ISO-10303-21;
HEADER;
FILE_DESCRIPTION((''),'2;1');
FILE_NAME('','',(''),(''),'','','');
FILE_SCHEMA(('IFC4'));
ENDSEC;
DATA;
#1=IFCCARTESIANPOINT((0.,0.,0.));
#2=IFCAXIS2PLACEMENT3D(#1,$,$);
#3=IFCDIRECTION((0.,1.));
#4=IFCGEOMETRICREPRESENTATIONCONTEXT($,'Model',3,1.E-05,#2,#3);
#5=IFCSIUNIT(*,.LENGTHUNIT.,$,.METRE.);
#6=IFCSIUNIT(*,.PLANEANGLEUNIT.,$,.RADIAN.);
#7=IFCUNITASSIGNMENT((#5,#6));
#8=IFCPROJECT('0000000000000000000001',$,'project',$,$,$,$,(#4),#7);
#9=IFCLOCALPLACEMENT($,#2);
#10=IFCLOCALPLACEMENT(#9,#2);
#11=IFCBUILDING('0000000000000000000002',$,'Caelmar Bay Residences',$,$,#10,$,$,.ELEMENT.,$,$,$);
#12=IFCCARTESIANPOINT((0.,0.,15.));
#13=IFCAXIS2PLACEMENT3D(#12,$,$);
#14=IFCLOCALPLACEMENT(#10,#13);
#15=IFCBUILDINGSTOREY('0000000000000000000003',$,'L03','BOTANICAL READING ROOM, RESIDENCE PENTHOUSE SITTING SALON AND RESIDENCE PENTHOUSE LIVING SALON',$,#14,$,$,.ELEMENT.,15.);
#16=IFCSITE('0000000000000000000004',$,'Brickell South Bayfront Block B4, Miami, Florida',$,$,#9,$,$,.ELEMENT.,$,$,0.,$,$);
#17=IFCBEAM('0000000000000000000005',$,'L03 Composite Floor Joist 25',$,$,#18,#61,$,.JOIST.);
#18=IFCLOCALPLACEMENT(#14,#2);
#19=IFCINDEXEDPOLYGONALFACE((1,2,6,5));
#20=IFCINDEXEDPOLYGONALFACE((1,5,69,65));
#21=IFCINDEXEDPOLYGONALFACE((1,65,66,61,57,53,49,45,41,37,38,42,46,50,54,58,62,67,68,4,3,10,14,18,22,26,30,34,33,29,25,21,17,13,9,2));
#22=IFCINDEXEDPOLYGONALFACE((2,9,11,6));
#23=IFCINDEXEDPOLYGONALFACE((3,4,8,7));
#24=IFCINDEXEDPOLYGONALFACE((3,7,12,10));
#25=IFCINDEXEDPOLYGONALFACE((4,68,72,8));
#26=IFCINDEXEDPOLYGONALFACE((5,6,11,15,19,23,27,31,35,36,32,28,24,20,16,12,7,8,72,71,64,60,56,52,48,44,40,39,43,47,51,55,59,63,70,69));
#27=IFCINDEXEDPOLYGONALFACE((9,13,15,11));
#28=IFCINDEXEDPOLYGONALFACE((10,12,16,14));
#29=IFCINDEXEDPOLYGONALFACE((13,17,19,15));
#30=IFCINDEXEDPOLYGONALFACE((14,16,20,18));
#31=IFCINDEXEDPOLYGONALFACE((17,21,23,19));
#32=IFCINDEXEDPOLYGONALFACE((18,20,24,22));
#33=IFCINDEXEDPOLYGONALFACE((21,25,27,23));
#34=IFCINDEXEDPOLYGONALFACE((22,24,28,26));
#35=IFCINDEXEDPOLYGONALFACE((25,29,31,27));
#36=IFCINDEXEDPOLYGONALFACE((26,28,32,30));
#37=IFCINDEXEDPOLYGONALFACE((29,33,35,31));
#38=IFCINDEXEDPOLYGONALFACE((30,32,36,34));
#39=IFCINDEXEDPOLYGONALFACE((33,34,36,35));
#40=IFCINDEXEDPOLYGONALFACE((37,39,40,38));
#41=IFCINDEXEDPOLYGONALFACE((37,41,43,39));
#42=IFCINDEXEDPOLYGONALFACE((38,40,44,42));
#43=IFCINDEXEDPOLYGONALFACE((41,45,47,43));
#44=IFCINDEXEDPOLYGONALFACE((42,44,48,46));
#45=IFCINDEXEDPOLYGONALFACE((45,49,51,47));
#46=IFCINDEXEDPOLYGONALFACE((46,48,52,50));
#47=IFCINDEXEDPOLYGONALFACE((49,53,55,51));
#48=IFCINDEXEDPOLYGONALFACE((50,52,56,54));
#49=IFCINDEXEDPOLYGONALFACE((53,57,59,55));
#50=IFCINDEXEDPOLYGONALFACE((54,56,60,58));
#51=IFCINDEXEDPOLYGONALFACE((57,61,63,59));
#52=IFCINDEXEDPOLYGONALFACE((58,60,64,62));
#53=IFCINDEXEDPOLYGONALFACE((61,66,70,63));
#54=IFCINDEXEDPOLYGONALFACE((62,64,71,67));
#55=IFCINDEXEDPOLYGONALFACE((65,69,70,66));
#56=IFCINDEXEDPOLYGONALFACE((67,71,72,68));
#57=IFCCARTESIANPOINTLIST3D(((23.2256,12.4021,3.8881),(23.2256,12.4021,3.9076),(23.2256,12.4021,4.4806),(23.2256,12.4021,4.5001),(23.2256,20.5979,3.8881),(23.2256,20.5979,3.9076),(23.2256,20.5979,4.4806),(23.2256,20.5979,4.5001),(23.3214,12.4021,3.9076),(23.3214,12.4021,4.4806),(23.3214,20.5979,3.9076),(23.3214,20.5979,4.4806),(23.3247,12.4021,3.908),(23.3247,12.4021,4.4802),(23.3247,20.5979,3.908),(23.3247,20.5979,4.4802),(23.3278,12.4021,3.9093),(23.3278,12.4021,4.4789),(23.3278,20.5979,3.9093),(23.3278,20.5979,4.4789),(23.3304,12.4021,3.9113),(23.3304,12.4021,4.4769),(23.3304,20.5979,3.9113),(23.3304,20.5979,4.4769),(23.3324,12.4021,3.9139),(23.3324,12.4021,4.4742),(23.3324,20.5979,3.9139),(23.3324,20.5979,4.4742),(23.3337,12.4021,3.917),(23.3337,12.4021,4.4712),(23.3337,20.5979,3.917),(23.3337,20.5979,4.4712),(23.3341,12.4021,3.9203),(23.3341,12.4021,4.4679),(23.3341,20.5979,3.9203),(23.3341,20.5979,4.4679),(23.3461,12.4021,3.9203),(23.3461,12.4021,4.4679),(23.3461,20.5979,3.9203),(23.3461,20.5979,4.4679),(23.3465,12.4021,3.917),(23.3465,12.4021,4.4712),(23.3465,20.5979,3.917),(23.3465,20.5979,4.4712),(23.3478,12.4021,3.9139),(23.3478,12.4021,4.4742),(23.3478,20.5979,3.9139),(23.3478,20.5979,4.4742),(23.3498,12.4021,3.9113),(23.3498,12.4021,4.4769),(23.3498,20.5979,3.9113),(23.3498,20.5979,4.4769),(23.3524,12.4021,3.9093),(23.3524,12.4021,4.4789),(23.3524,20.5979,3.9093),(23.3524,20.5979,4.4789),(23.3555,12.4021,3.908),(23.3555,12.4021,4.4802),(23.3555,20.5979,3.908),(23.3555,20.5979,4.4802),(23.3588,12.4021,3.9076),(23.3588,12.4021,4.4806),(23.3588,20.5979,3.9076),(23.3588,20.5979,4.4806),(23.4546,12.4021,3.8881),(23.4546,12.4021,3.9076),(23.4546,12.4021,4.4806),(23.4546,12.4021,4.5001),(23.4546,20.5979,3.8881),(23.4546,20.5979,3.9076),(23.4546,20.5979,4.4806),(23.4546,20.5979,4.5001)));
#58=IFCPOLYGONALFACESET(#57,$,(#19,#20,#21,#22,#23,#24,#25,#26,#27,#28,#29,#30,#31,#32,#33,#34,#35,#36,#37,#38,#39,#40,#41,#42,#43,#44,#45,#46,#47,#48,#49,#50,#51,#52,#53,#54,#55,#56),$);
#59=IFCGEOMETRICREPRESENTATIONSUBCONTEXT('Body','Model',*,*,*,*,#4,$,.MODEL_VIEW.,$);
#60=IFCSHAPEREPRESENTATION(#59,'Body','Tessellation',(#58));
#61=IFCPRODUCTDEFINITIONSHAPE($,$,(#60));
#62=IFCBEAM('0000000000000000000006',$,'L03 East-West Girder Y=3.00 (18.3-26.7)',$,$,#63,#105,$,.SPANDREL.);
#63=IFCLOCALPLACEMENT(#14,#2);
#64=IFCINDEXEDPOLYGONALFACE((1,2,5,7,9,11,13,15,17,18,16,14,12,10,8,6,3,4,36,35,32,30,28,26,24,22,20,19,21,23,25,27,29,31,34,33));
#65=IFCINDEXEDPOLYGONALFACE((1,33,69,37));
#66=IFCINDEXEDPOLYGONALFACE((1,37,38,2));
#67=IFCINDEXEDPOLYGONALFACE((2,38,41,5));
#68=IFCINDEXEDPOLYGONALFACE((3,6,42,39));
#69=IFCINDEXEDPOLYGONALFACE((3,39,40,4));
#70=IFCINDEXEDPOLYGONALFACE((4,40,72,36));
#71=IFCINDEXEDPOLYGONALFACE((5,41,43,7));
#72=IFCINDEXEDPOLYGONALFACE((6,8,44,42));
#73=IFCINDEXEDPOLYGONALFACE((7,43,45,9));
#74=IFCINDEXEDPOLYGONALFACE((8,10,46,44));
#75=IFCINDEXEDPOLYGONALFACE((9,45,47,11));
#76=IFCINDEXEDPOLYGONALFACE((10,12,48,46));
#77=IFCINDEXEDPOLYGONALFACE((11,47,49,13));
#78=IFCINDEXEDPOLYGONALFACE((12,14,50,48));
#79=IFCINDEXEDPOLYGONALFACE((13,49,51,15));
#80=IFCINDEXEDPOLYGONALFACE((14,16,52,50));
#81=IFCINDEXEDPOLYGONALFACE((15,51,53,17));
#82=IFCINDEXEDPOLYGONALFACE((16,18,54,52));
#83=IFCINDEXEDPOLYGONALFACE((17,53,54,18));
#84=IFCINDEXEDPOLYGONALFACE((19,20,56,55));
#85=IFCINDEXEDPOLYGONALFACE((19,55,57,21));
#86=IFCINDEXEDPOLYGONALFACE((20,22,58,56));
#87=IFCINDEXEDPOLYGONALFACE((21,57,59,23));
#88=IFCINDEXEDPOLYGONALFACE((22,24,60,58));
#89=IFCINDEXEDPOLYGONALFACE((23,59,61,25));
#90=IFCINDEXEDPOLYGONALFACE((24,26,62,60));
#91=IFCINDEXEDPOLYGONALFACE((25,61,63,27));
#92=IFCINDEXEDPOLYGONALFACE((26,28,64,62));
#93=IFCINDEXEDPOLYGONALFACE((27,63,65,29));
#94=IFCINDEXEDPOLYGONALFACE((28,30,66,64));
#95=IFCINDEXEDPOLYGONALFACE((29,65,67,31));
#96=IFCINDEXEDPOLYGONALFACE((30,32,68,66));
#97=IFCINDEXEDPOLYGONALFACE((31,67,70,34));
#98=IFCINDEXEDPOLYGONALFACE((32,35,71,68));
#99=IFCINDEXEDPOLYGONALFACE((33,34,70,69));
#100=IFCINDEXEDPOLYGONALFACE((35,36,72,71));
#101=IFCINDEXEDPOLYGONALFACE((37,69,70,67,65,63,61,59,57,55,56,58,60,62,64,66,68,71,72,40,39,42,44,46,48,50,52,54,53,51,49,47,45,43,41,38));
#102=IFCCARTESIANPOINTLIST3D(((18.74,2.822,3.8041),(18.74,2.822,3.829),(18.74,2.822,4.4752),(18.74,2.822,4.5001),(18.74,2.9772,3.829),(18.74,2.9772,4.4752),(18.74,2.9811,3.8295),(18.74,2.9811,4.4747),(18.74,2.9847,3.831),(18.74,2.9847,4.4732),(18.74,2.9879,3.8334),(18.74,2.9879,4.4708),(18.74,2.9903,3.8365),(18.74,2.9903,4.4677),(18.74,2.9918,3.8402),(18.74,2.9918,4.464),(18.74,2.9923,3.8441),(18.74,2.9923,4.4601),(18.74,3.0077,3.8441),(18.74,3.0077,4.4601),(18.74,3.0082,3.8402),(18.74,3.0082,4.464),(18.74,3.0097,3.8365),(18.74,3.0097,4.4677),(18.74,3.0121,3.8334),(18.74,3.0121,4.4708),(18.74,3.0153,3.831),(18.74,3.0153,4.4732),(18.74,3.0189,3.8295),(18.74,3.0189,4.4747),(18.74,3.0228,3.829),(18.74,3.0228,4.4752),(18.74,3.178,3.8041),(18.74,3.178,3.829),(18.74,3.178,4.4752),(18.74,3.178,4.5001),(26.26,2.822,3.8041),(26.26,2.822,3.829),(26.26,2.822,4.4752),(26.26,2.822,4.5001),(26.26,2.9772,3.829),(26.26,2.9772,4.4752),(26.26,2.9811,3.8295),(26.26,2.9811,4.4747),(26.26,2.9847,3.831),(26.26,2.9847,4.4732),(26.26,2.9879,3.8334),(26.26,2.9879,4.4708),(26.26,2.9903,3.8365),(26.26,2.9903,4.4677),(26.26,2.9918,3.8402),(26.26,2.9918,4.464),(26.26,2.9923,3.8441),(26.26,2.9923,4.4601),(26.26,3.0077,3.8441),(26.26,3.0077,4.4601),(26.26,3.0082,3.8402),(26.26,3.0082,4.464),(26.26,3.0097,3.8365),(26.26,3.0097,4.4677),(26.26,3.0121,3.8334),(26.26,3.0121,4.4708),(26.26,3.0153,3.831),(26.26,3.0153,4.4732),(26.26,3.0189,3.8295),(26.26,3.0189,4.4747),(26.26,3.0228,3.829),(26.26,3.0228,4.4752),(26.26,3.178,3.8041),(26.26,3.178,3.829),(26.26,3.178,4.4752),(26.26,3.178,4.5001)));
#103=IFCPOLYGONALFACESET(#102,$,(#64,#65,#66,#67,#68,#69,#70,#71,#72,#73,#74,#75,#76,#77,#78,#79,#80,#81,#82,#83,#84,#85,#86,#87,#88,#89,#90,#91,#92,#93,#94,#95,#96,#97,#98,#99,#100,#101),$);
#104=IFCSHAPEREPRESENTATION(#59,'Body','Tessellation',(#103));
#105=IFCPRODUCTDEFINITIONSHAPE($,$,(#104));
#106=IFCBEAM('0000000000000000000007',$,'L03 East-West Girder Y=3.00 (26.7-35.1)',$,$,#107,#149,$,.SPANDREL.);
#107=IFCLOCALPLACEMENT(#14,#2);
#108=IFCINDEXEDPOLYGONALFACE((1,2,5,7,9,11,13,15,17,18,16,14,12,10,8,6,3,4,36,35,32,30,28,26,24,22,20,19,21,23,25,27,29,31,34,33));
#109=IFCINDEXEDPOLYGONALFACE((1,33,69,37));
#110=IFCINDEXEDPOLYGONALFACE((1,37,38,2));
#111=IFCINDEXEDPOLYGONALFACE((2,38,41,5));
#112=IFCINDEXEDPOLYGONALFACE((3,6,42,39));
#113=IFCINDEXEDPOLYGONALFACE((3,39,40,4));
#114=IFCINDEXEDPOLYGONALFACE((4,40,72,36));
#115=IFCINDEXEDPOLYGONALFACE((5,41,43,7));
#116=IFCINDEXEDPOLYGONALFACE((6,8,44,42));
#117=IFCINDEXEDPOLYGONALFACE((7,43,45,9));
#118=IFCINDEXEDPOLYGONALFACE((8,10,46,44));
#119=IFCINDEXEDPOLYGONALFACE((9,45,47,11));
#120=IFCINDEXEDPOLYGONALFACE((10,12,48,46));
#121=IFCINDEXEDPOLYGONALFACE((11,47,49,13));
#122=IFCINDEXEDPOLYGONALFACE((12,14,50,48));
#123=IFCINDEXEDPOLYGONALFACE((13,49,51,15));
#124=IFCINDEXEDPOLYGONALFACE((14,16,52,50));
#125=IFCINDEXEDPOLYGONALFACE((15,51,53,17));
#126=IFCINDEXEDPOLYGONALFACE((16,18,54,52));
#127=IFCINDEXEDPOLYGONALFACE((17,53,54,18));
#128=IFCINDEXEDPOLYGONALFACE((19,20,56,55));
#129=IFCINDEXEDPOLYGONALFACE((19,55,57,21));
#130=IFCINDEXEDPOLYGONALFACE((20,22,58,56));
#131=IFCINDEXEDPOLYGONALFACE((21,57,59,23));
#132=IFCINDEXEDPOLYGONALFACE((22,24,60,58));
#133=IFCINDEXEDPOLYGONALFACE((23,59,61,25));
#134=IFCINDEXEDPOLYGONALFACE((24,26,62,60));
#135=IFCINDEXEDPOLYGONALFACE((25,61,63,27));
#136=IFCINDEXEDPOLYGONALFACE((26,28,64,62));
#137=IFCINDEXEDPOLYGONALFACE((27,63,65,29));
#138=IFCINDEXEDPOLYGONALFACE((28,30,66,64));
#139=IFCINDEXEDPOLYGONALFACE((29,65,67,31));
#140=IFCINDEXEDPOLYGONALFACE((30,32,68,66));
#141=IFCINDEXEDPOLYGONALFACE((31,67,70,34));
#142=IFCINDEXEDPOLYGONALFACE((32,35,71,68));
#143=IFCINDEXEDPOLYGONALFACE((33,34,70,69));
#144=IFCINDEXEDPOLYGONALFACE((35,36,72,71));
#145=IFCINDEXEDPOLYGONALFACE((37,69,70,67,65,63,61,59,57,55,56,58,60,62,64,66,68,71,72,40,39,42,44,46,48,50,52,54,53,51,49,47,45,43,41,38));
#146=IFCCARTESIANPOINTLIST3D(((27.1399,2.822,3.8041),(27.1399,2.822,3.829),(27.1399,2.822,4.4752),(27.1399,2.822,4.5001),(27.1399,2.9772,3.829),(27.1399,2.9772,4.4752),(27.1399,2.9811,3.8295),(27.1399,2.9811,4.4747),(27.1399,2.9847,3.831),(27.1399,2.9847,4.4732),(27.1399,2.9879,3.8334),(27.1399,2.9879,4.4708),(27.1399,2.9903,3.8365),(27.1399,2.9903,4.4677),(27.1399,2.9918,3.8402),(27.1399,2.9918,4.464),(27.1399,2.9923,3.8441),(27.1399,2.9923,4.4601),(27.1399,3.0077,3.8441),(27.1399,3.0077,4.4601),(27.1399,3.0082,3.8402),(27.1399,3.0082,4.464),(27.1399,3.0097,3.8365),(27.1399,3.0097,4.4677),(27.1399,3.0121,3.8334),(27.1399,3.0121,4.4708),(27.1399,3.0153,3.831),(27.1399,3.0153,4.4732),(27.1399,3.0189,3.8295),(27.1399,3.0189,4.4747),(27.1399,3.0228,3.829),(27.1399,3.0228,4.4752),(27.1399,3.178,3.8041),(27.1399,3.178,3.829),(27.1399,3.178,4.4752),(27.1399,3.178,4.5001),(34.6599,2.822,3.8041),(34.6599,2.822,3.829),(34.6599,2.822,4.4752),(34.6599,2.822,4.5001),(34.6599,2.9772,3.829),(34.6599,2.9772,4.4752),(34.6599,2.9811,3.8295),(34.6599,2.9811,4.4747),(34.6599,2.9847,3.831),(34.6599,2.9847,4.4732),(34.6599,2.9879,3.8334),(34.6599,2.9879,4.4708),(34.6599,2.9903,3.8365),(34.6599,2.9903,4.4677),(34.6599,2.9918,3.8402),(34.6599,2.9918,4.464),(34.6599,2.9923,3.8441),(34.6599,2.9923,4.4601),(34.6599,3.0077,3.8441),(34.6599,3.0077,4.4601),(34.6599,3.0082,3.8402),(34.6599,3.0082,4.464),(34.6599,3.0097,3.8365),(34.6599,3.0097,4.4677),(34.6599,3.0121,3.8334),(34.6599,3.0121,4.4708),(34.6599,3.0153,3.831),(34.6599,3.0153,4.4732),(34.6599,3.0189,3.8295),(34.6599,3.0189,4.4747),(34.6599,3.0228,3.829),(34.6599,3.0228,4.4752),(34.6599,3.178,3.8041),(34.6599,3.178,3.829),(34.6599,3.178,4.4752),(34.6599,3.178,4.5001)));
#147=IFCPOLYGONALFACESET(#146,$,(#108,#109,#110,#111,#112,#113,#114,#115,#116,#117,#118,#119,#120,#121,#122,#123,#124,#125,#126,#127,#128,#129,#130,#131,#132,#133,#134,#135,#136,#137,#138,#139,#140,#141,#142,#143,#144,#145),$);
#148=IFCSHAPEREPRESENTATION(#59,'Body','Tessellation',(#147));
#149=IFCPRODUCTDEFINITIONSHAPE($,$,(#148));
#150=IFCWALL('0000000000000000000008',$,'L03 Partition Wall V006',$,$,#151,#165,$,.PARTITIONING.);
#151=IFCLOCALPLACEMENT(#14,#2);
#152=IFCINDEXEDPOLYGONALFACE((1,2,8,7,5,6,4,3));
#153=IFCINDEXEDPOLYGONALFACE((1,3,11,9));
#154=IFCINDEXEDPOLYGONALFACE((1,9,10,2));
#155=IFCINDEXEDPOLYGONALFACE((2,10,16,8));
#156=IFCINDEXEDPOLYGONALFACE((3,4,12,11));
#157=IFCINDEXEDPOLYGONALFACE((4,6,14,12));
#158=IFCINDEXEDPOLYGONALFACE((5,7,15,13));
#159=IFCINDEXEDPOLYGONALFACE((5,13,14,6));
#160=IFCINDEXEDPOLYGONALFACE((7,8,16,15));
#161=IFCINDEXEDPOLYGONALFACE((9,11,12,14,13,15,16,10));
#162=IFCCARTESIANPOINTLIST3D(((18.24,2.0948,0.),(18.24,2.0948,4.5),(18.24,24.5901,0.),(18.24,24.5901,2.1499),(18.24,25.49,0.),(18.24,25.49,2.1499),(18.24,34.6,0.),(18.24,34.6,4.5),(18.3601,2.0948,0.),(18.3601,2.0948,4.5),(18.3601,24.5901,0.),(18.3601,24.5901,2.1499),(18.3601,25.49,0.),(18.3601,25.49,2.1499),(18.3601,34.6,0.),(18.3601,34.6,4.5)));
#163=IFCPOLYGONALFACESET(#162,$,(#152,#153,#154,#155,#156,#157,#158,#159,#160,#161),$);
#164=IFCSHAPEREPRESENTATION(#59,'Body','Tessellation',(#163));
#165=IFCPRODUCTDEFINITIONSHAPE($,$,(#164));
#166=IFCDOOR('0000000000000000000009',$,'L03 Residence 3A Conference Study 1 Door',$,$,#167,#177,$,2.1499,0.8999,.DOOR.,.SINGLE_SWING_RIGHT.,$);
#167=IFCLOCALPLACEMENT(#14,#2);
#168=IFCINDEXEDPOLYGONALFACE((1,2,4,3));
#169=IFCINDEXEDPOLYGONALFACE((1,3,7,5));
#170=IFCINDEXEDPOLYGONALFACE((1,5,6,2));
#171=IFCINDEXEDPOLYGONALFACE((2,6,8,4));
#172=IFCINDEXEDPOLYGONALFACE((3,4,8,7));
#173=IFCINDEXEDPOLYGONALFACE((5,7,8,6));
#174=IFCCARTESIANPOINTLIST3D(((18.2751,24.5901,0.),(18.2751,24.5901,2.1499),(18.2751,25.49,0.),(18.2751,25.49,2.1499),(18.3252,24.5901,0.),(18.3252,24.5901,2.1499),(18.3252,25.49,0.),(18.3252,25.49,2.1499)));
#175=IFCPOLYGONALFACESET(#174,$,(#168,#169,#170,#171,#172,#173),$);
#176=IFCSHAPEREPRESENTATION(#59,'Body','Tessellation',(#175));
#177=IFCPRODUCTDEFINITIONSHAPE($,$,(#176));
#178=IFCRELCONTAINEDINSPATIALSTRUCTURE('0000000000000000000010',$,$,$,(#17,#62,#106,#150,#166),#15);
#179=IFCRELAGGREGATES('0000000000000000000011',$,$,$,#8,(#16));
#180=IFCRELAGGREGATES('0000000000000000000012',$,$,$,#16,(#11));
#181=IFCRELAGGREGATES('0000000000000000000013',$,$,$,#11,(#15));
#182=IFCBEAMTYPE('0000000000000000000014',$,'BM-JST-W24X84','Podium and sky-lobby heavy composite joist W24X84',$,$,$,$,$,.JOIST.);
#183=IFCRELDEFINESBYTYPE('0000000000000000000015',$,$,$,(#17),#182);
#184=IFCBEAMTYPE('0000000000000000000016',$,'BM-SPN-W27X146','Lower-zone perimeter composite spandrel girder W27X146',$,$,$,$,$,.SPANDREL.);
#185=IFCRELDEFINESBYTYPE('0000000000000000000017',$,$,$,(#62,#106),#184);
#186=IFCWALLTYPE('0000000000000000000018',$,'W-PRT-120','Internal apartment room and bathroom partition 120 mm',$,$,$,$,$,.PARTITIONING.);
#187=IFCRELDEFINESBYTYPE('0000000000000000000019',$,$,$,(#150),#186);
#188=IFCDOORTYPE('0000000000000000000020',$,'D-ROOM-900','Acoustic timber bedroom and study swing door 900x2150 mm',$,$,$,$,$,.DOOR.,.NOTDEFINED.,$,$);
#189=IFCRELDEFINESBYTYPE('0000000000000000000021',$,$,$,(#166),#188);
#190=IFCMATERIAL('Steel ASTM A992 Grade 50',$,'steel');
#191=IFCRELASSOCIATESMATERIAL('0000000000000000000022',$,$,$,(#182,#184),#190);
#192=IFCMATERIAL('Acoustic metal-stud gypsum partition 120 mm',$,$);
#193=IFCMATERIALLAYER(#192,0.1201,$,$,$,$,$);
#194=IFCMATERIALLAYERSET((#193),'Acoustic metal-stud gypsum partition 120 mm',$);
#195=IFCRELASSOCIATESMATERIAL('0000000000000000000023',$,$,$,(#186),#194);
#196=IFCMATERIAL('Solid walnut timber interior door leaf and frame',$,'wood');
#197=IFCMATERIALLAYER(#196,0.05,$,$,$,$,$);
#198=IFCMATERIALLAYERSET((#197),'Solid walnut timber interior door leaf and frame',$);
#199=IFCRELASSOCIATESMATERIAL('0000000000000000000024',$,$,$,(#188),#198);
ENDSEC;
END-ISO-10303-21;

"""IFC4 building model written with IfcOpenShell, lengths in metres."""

from ifc_helpers import new_model, si_unit, direction, frame, frame_2d, origin, origin_2d, place, context, subcontext, project, spatial, rectangle, i_section, extrude, material, layer, layer_set, material_profile, profile_set, type_object, element, fill, save


model = new_model("IFC4")

# Units and contexts
model_context = context("Model", 3, precision=1e-05, world=origin(), true_north=direction((0.0, 1.0)))
body_context = subcontext(model_context, "Body", "Model", "MODEL_VIEW")
ifc_project = project(units=[si_unit("LENGTHUNIT", "METRE"), si_unit("PLANEANGLEUNIT", "RADIAN")], contexts=[model_context])

# Site, building, storey
site_placement = place(None, origin())
site = spatial("IfcSite", under=ifc_project, at=site_placement, Name="Brickell South Bayfront Block B4, Miami, Florida", CompositionType="ELEMENT", RefElevation=0.0)
building_placement = place(site_placement, origin())
building = spatial("IfcBuilding", under=site, at=building_placement, Name="Caelmar Bay Residences", CompositionType="ELEMENT")
storey_placement = place(building_placement, frame((0.0, 0.0, 15.0)))
storey = spatial("IfcBuildingStorey", under=building, at=storey_placement, Name="L03", Description="BOTANICAL READING ROOM, RESIDENCE PENTHOUSE SITTING SALON AND RESIDENCE PENTHOUSE LIVING SALON", CompositionType="ELEMENT", Elevation=15.0)

# Beams
ifc_material_1 = material(Name="Steel ASTM A992 Grade 50", Category="steel")
ifc_material_profile_1 = material_profile(ifc_material_1, i_section(OverallWidth=0.229, OverallDepth=0.6121, WebThickness=0.012, FlangeThickness=0.0195, FilletRadius=0.0127, at=origin_2d()), Name="W24X84")
ifc_profile_set_1 = profile_set([ifc_material_profile_1], Name="Steel ASTM A992 Grade 50")
beam_type_1 = type_object("IfcBeamType", Name="BM-JST-W24X84", Description="Podium and sky-lobby heavy composite joist W24X84", PredefinedType="JOIST", material=ifc_profile_set_1)
for number, where, z_axis, x_axis, name in (
    (1, (23.3401, 12.4021, 4.1941), (0.0, 1.0, 0.0), (-1.0, 0.0, 0.0), "L03 Composite Floor Joist 25"),
):
    element("IfcBeam", number, at=place(storey_placement, frame(where, z_axis=z_axis, x_axis=x_axis)), inside=storey, type_object=beam_type_1, Name=name, PredefinedType="JOIST", context=body_context, shape_type="SweptSolid", body=[
        extrude(i_section(OverallWidth=0.229, OverallDepth=0.6121, WebThickness=0.012, FlangeThickness=0.0195, FilletRadius=0.0127, at=origin_2d()), origin(), (0.0, 0.0, 1.0), 8.1958),
    ])
ifc_material_profile_2 = material_profile(ifc_material_1, i_section(OverallWidth=0.356, OverallDepth=0.696, WebThickness=0.0154, FlangeThickness=0.0249, FilletRadius=0.0151, at=origin_2d()), Name="W27X146")
ifc_profile_set_2 = profile_set([ifc_material_profile_2], Name="Steel ASTM A992 Grade 50")
beam_type_2 = type_object("IfcBeamType", Name="BM-SPN-W27X146", Description="Lower-zone perimeter composite spandrel girder W27X146", PredefinedType="SPANDREL", material=ifc_profile_set_2)
for number, where, z_axis, x_axis, name in (
    (2, (18.74, 3.0, 4.1521), (1.0, 0.0, 0.0), (0.0, 1.0, 0.0), "L03 East-West Girder Y=3.00 (18.3-26.7)"),
    (3, (27.1399, 3.0, 4.1521), (1.0, 0.0, 0.0), (0.0, 1.0, 0.0), "L03 East-West Girder Y=3.00 (26.7-35.1)"),
):
    element("IfcBeam", number, at=place(storey_placement, frame(where, z_axis=z_axis, x_axis=x_axis)), inside=storey, type_object=beam_type_2, Name=name, PredefinedType="SPANDREL", context=body_context, shape_type="SweptSolid", body=[
        extrude(i_section(OverallWidth=0.356, OverallDepth=0.696, WebThickness=0.0154, FlangeThickness=0.0249, FilletRadius=0.0151, at=origin_2d()), origin(), (0.0, 0.0, 1.0), 7.52),
    ])

# Wall, opening, door
ifc_material_2 = material(Name="Acoustic metal-stud gypsum partition 120 mm")
ifc_layer_1 = layer(ifc_material_2, 0.1201)
ifc_layer_set_1 = layer_set([ifc_layer_1], Name="Acoustic metal-stud gypsum partition 120 mm")
wall_type_1 = type_object("IfcWallType", Name="W-PRT-120", Description="Internal apartment room and bathroom partition 120 mm", PredefinedType="PARTITIONING", material=ifc_layer_set_1)
wall_1_placement = place(storey_placement, frame((18.3, 2.095, 0.0), z_axis=(0.0, 0.0, 1.0), x_axis=(0.0, 1.0, 0.0)))
wall_1 = element("IfcWall", 4, at=wall_1_placement, inside=storey, type_object=wall_type_1, Name="L03 Partition Wall V006", PredefinedType="PARTITIONING", context=body_context, shape_type="SweptSolid", body=[
    extrude(rectangle(XDim=32.5051, YDim=0.1201, at=frame_2d((16.2524, 0.0))), origin(), (0.0, 0.0, 1.0), 4.5),
])
opening_1_placement = place(wall_1_placement, frame((22.4951, 0.0, 0.0)))
opening_1 = element("IfcOpeningElement", 5, at=opening_1_placement, cuts=wall_1, PredefinedType="OPENING", context=body_context, shape_type="SweptSolid", body=[
    extrude(rectangle(XDim=0.8999, YDim=2.1499, at=frame_2d((0.45, 1.075))), frame((0.0, 0.0701, 0.0), z_axis=(0.0, -1.0, 0.0), x_axis=(1.0, 0.0, 0.0)), (0.0, 0.0, 1.0), 0.1401),
])
ifc_material_3 = material(Name="Solid walnut timber interior door leaf and frame", Category="wood")
ifc_layer_2 = layer(ifc_material_3, 0.05)
ifc_layer_set_2 = layer_set([ifc_layer_2], Name="Solid walnut timber interior door leaf and frame")
door_type = type_object("IfcDoorType", Name="D-ROOM-900", Description="Acoustic timber bedroom and study swing door 900x2150 mm", OperationType="NOTDEFINED", PredefinedType="DOOR", material=ifc_layer_set_2)
door_1_placement = place(opening_1_placement, origin())
door_1 = element("IfcDoor", 6, at=door_1_placement, inside=storey, type_object=door_type, Name="L03 Residence 3A Conference Study 1 Door", OperationType="SINGLE_SWING_RIGHT", OverallHeight=2.1499, OverallWidth=0.8999, PredefinedType="DOOR", context=body_context, shape_type="SweptSolid", body=[
    extrude(rectangle(XDim=0.8999, YDim=2.1499, at=frame_2d((0.45, 1.075))), frame((0.0, 0.0249, 0.0), z_axis=(0.0, -1.0, 0.0), x_axis=(1.0, 0.0, 0.0)), (0.0, 0.0, 1.0), 0.05),
])
fill(opening_1, door_1)

save(model, "model.ifc")
